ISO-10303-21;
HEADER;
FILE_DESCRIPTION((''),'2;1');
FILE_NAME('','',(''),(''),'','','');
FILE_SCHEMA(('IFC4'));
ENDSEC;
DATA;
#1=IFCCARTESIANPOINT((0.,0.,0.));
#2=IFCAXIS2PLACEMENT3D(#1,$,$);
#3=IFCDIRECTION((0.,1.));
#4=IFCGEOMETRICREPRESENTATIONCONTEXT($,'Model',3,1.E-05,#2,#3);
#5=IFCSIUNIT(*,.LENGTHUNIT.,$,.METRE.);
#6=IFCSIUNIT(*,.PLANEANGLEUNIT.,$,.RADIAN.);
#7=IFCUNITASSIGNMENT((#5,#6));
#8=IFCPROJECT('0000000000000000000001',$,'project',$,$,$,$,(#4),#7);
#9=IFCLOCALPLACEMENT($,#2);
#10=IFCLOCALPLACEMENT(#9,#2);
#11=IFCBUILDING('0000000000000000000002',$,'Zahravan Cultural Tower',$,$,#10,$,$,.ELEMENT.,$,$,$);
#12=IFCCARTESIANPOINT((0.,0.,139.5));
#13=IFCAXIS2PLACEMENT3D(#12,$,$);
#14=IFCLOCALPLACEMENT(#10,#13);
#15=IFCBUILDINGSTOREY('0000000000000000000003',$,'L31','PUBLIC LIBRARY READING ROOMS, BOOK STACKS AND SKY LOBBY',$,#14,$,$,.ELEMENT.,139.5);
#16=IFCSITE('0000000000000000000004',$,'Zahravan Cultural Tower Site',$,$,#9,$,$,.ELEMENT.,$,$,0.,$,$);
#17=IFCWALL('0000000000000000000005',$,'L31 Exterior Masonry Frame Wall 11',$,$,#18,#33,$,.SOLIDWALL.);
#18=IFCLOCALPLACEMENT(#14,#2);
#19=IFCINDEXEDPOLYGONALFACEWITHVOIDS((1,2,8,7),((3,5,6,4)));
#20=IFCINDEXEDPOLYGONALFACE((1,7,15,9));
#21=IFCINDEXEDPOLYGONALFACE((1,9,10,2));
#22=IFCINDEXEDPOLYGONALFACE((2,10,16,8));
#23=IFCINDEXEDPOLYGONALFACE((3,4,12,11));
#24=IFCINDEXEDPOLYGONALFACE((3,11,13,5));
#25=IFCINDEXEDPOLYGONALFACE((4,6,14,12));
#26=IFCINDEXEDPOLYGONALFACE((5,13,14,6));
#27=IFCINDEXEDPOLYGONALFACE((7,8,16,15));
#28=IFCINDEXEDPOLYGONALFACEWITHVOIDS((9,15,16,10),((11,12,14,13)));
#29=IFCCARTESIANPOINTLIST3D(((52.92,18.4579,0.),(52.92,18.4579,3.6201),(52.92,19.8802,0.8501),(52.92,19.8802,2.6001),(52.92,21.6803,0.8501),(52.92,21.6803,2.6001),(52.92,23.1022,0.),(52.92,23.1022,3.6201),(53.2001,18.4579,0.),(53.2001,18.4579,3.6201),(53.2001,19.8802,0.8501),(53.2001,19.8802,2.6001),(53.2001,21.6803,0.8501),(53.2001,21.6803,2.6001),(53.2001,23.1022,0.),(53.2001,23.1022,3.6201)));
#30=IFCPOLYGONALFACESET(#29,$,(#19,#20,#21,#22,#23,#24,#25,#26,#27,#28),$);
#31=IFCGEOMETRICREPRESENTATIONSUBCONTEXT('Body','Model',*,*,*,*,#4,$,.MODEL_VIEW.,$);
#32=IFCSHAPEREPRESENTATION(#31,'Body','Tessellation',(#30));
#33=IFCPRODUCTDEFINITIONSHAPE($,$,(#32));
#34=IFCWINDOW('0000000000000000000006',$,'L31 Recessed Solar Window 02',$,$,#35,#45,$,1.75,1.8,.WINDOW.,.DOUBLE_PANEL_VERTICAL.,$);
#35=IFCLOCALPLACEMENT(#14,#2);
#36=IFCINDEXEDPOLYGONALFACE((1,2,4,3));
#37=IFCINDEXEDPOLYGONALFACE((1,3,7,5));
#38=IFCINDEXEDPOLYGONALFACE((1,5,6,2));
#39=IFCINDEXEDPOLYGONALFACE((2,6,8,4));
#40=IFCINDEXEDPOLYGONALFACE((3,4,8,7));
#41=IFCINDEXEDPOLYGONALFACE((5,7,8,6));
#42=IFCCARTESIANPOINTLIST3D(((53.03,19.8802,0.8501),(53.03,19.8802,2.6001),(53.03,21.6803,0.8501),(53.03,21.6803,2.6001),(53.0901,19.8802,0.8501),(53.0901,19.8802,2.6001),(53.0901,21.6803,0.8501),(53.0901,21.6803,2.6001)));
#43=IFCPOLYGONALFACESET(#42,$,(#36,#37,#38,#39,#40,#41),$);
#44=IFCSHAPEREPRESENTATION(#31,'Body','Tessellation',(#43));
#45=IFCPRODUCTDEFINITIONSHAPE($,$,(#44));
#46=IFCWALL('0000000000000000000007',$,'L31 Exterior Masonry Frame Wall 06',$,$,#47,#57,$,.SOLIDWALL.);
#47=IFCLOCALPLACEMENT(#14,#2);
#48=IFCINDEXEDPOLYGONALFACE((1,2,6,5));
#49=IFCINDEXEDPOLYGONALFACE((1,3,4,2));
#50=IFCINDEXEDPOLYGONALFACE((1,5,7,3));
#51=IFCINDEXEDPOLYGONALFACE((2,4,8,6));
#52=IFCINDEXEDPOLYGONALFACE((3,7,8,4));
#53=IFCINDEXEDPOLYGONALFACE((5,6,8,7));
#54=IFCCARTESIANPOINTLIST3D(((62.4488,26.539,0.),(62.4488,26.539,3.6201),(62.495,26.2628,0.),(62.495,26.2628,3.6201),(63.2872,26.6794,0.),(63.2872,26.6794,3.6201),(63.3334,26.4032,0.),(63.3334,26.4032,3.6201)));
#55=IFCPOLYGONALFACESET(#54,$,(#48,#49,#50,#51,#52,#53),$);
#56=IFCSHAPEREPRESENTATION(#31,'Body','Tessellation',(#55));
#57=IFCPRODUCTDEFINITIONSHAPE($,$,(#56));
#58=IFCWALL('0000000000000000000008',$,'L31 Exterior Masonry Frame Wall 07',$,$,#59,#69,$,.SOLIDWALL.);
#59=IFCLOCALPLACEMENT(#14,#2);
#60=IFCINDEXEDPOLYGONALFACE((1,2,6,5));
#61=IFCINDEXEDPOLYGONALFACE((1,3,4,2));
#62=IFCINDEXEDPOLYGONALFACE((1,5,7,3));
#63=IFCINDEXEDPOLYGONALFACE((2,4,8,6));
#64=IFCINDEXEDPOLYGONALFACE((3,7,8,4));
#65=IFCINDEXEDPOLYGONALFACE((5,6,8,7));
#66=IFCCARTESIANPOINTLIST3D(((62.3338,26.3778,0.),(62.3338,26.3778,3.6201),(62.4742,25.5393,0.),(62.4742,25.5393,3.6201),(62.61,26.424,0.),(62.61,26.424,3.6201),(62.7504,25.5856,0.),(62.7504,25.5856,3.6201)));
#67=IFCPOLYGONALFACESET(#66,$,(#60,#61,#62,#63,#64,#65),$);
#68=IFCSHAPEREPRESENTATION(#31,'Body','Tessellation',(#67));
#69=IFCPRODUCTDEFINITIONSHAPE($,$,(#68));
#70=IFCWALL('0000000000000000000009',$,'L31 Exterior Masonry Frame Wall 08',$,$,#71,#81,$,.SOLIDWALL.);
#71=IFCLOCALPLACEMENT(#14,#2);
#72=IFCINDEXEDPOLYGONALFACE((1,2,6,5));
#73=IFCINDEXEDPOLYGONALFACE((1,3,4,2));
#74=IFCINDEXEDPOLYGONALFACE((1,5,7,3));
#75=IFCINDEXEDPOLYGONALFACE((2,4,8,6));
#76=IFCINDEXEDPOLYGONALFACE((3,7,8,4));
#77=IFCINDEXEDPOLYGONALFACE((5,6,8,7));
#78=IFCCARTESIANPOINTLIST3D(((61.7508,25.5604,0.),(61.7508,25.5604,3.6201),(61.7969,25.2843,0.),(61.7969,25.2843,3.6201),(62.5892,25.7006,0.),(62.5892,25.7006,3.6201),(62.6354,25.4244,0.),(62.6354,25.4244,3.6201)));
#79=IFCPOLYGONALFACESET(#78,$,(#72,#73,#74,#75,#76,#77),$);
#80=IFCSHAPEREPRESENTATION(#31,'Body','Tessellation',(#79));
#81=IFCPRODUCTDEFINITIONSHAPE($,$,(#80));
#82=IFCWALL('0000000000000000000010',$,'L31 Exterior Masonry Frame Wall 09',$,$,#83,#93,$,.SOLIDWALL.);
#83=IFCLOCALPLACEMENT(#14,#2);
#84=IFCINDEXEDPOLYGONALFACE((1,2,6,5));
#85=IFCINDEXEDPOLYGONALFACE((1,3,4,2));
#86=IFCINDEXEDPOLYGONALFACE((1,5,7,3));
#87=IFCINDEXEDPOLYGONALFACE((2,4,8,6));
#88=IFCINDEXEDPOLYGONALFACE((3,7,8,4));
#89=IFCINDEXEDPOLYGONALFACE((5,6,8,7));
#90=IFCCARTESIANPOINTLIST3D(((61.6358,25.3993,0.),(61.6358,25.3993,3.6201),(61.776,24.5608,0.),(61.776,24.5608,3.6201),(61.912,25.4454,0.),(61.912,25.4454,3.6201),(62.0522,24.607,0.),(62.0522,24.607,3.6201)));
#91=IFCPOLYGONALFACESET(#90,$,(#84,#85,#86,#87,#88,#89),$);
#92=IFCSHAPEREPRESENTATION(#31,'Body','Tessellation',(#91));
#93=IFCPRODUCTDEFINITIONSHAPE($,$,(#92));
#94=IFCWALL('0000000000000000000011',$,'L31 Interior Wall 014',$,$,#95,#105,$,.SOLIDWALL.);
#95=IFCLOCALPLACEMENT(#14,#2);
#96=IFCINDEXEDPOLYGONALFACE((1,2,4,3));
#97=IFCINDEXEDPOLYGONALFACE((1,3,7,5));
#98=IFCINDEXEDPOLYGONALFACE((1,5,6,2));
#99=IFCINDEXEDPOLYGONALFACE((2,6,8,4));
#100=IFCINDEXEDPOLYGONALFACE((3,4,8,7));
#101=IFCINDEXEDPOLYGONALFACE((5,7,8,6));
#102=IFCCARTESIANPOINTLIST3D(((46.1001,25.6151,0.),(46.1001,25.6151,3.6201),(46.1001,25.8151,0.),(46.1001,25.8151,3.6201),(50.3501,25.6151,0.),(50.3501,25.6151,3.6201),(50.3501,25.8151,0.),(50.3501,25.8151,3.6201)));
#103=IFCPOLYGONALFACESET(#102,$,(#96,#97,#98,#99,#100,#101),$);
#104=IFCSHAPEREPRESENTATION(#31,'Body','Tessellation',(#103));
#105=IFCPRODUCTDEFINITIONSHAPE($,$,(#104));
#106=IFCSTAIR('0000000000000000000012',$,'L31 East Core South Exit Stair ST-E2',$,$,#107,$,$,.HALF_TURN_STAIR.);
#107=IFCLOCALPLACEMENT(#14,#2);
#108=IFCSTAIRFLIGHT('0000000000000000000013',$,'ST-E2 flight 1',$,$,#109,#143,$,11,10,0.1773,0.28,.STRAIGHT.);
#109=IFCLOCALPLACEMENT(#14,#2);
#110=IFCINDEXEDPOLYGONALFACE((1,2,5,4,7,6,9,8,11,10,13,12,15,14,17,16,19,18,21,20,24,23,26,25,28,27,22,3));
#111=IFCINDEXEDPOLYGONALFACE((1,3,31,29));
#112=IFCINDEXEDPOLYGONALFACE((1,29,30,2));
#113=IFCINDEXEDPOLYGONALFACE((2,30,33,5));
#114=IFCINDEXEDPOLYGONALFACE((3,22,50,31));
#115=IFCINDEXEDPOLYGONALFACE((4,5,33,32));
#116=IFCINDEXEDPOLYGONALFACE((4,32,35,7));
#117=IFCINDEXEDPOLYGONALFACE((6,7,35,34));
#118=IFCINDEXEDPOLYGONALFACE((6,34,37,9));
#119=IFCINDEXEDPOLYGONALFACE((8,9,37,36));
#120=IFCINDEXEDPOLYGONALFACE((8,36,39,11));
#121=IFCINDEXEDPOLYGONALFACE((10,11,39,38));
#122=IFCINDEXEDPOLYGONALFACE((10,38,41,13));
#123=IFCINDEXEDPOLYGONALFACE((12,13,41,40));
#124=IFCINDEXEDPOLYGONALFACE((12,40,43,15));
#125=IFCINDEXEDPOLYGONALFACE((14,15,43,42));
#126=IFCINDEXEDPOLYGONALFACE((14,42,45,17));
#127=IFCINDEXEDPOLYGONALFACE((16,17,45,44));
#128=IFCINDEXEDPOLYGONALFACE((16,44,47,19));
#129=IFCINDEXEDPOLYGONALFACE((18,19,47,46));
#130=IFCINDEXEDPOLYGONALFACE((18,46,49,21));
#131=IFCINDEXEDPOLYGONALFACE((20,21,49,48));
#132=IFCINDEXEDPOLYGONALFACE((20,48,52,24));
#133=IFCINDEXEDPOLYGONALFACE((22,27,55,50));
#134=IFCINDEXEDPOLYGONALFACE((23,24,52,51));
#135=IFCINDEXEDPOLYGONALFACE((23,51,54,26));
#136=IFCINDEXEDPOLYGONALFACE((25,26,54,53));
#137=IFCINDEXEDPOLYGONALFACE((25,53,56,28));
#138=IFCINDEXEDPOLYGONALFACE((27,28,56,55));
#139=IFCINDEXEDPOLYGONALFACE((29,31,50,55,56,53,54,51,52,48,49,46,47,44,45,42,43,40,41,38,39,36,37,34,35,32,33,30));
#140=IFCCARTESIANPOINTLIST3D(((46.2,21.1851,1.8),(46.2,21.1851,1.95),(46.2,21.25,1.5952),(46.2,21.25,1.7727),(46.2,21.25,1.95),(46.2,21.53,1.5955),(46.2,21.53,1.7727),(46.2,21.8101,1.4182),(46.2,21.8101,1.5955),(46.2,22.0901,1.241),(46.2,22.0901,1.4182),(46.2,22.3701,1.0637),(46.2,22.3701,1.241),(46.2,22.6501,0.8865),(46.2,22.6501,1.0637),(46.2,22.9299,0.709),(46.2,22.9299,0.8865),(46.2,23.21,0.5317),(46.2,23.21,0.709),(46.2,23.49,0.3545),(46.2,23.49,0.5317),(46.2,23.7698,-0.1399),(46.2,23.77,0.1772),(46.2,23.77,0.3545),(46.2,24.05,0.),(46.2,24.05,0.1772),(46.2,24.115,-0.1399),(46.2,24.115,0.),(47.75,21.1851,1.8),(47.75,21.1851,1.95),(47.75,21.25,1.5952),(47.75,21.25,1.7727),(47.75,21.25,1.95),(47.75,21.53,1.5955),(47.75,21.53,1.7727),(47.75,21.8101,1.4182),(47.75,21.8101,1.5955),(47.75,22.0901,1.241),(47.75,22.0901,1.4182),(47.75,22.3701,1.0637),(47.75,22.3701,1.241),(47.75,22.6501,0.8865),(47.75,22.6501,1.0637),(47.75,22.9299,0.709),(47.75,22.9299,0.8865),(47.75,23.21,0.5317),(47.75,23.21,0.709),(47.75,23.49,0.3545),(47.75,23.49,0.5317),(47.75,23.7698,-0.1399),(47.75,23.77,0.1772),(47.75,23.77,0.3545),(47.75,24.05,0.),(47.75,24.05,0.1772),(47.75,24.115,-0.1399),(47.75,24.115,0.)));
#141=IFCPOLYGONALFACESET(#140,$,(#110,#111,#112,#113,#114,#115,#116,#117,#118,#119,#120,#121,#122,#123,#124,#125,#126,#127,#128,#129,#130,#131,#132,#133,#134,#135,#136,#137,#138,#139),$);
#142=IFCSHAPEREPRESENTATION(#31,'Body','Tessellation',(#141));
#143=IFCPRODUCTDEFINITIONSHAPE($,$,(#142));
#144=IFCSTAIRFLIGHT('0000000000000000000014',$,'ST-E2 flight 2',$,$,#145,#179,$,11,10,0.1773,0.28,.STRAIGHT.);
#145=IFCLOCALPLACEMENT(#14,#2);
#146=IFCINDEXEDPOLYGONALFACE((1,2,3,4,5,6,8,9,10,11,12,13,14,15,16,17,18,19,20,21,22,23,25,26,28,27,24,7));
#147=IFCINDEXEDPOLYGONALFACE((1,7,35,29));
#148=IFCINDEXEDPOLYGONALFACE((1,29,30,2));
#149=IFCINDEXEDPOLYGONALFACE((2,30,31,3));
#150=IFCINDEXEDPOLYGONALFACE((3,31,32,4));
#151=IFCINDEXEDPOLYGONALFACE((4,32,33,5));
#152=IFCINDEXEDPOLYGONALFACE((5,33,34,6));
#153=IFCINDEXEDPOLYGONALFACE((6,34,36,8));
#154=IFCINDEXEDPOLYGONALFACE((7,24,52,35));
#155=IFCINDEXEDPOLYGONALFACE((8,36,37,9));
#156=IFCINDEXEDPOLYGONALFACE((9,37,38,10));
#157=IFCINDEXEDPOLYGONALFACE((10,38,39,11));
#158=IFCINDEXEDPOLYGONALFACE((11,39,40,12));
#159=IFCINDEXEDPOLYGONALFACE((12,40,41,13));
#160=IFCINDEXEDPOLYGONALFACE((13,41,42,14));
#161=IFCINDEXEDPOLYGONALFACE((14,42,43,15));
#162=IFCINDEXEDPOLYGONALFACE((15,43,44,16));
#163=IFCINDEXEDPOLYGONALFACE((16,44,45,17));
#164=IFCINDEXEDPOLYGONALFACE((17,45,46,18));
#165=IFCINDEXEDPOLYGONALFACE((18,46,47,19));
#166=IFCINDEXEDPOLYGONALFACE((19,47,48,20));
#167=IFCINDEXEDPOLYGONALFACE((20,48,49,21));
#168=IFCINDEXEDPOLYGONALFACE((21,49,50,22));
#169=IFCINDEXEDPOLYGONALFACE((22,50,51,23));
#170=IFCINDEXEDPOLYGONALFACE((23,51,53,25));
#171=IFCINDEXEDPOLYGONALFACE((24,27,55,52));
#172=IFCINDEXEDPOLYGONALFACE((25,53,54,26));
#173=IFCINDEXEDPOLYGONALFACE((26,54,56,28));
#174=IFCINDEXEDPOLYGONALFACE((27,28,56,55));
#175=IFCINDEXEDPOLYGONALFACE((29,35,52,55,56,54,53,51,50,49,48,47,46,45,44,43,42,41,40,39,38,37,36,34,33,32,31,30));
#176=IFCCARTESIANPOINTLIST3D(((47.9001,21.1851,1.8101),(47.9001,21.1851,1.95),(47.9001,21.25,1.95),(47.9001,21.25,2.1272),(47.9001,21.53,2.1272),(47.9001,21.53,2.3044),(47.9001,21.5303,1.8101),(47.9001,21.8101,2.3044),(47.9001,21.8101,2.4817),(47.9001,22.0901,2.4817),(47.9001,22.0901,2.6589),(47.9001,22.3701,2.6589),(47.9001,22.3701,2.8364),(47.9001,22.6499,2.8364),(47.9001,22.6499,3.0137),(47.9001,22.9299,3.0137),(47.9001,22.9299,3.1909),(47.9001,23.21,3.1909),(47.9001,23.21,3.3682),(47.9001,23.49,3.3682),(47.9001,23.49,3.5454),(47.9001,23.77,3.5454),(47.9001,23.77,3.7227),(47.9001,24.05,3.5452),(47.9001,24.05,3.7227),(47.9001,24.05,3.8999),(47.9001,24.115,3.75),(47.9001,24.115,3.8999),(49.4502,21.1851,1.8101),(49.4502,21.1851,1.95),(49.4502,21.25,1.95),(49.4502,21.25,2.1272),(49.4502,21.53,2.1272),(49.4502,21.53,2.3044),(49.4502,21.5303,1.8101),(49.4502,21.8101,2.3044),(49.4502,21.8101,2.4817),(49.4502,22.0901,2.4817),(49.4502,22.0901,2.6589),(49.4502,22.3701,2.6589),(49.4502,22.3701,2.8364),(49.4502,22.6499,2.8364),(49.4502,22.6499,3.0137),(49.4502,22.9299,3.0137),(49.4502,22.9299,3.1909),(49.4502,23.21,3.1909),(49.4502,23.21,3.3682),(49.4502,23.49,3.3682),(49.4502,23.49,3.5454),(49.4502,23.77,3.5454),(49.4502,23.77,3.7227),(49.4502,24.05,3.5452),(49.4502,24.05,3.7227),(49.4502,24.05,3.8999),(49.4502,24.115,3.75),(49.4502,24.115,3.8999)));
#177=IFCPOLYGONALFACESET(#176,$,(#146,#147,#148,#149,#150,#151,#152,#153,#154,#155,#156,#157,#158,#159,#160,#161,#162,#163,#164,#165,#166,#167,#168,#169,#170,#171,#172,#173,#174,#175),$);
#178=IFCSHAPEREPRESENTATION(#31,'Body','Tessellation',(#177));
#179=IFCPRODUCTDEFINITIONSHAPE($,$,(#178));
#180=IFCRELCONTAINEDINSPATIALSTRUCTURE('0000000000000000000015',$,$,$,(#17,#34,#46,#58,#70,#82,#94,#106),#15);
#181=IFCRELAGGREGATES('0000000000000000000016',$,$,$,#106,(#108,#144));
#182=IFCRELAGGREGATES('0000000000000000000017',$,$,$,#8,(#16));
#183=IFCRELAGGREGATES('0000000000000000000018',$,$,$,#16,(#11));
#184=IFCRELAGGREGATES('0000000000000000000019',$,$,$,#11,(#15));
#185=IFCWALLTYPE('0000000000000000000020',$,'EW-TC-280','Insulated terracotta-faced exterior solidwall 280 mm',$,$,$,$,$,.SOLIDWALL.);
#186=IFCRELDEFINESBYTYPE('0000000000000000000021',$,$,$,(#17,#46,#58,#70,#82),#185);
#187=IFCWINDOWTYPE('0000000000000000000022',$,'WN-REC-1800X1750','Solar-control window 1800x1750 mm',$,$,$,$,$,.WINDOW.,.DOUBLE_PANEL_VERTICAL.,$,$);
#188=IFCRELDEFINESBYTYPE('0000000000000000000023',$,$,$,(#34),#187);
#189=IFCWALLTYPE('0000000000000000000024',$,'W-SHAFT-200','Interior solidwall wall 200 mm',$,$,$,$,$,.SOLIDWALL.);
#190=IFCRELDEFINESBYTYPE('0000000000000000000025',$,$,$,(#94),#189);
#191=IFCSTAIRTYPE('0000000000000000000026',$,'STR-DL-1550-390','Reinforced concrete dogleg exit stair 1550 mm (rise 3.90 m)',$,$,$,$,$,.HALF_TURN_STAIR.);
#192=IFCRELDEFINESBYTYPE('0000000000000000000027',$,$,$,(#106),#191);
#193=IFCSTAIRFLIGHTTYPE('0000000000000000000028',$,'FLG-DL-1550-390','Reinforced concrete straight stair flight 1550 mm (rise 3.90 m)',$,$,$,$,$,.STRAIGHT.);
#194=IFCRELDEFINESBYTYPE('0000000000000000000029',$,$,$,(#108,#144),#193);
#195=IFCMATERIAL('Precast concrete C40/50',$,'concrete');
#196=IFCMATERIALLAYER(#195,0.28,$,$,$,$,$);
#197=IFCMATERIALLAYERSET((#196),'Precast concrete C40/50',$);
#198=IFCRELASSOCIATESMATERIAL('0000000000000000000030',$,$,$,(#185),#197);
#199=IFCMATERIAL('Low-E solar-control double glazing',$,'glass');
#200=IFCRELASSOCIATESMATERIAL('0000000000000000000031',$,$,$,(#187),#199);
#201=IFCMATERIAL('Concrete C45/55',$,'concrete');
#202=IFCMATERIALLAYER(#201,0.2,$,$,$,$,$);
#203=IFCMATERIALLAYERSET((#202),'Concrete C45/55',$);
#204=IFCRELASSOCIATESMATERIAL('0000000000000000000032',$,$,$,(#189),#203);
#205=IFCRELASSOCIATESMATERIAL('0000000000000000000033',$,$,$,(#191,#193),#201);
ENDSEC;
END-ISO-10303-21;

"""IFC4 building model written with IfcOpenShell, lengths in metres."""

from ifc_helpers import new_model, si_unit, direction, frame, frame_2d, origin, place, context, subcontext, project, spatial, polyline, rectangle, outline, extrude, source, transform, mapped, material, layer, layer_set, type_object, element, fill, aggregate, save


model = new_model("IFC4")

# Units and contexts
model_context = context("Model", 3, precision=1e-05, world=origin(), true_north=direction((0.0, 1.0)))
body_context = subcontext(model_context, "Body", "Model", "MODEL_VIEW")
ifc_project = project(units=[si_unit("LENGTHUNIT", "METRE"), si_unit("PLANEANGLEUNIT", "RADIAN")], contexts=[model_context])

# Site, building, storey
site_placement = place(None, origin())
site = spatial("IfcSite", under=ifc_project, at=site_placement, Name="Zahravan Cultural Tower Site", CompositionType="ELEMENT", RefElevation=0.0)
building_placement = place(site_placement, origin())
building = spatial("IfcBuilding", under=site, at=building_placement, Name="Zahravan Cultural Tower", CompositionType="ELEMENT")
storey_placement = place(building_placement, frame((0.0, 0.0, 139.5)))
storey = spatial("IfcBuildingStorey", under=building, at=storey_placement, Name="L31", Description="PUBLIC LIBRARY READING ROOMS, BOOK STACKS AND SKY LOBBY", CompositionType="ELEMENT", Elevation=139.5)

# Wall, opening, window
ifc_material_1 = material(Name="Precast concrete C40/50", Category="concrete")
ifc_layer_1 = layer(ifc_material_1, 0.28)
ifc_layer_set_1 = layer_set([ifc_layer_1], Name="Precast concrete C40/50")
wall_type_1 = type_object("IfcWallType", Name="EW-TC-280", Description="Insulated terracotta-faced exterior solidwall 280 mm", PredefinedType="SOLIDWALL", material=ifc_layer_set_1)
ifc_material_2 = material(Name="Low-E solar-control double glazing", Category="glass")
window_type = type_object("IfcWindowType", Name="WN-REC-1800X1750", Description="Solar-control window 1800x1750 mm", PartitioningType="DOUBLE_PANEL_VERTICAL", PredefinedType="WINDOW", material=ifc_material_2)
shared_shape_1 = source(origin(), body_context, "Body", "SweptSolid", [
    extrude(rectangle(XDim=1.8, YDim=1.75, at=frame_2d((0.8999, 0.875))), frame((0.0, 0.03, 0.0), z_axis=(0.0, -1.0, 0.0), x_axis=(1.0, 0.0, 0.0)), (0.0, 0.0, 1.0), 0.0601),
])
wall_1_placement = place(storey_placement, frame((53.0601, 23.1023, 0.0), z_axis=(0.0, 0.0, 1.0), x_axis=(0.0, -1.0, 0.0)))
wall_1 = element("IfcWall", 1, at=wall_1_placement, inside=storey, type_object=wall_type_1, Name="L31 Exterior Masonry Frame Wall 11", PredefinedType="SOLIDWALL", context=body_context, shape_type="SweptSolid", body=[
    extrude(rectangle(XDim=4.6443, YDim=0.28, at=frame_2d((2.3223, 0.0))), origin(), (0.0, 0.0, 1.0), 3.6201),
])
opening_1_placement = place(wall_1_placement, frame((1.4221, 0.0, 0.8501)))
opening_1 = element("IfcOpeningElement", 2, at=opening_1_placement, cuts=wall_1, PredefinedType="OPENING", context=body_context, shape_type="SweptSolid", body=[
    extrude(rectangle(XDim=1.8, YDim=1.75, at=frame_2d((0.8999, 0.875))), frame((0.0, 0.1499, 0.0), z_axis=(0.0, -1.0, 0.0), x_axis=(1.0, 0.0, 0.0)), (0.0, 0.0, 1.0), 0.3),
])
window_1_placement = place(opening_1_placement, origin())
window_1 = element("IfcWindow", 3, at=window_1_placement, inside=storey, type_object=window_type, Name="L31 Recessed Solar Window 02", OverallHeight=1.75, OverallWidth=1.8, PartitioningType="DOUBLE_PANEL_VERTICAL", PredefinedType="WINDOW", context=body_context, shape_type="MappedRepresentation", body=[
    mapped(shared_shape_1, transform((0.0, 0.0, 0.0), x_axis=(1.0, 0.0, 0.0), y_axis=(0.0, 1.0, 0.0), z_axis=(0.0, 0.0, 1.0), scale=1.0)),
])
fill(opening_1, window_1)

# Walls
shared_shape_2 = source(origin(), body_context, "Body", "SweptSolid", [
    extrude(rectangle(XDim=0.8501, YDim=0.28, at=frame_2d((0.425, 0.0))), origin(), (0.0, 0.0, 1.0), 3.6201),
])
for number, where, z_axis, x_axis, name in (
    (4, (63.3103, 26.5413, 0.0), (0.0, 0.0, 1.0), (-0.986269, -0.165144, 0.0), "L31 Exterior Masonry Frame Wall 06"),
    (5, (62.4719, 26.4009, 0.0), (0.0, 0.0, 1.0), (0.165144, -0.986269, 0.0), "L31 Exterior Masonry Frame Wall 07"),
    (6, (62.6123, 25.5625, 0.0), (0.0, 0.0, 1.0), (-0.986316, -0.164865, 0.0), "L31 Exterior Masonry Frame Wall 08"),
    (7, (61.7739, 25.4224, 0.0), (0.0, 0.0, 1.0), (0.164865, -0.986316, 0.0), "L31 Exterior Masonry Frame Wall 09"),
):
    element("IfcWall", number, at=place(storey_placement, frame(where, z_axis=z_axis, x_axis=x_axis)), inside=storey, type_object=wall_type_1, Name=name, PredefinedType="SOLIDWALL", context=body_context, shape_type="MappedRepresentation", body=[
        mapped(shared_shape_2, transform((0.0, 0.0, 0.0), x_axis=(1.0, 0.0, 0.0), y_axis=(0.0, 1.0, 0.0), z_axis=(0.0, 0.0, 1.0), scale=1.0)),
    ])
ifc_material_3 = material(Name="Concrete C45/55", Category="concrete")
ifc_layer_2 = layer(ifc_material_3, 0.2)
ifc_layer_set_2 = layer_set([ifc_layer_2], Name="Concrete C45/55")
wall_type_2 = type_object("IfcWallType", Name="W-SHAFT-200", Description="Interior solidwall wall 200 mm", PredefinedType="SOLIDWALL", material=ifc_layer_set_2)
shared_shape_3 = source(origin(), body_context, "Body", "SweptSolid", [
    extrude(rectangle(XDim=4.25, YDim=0.2, at=frame_2d((2.125, 0.0))), origin(), (0.0, 0.0, 1.0), 3.6201),
])
wall_2_placement = place(storey_placement, frame((46.1001, 25.7151, 0.0), z_axis=(0.0, 0.0, 1.0), x_axis=(1.0, 0.0, 0.0)))
element("IfcWall", 8, at=wall_2_placement, inside=storey, type_object=wall_type_2, Name="L31 Interior Wall 014", PredefinedType="SOLIDWALL", context=body_context, shape_type="MappedRepresentation", body=[
    mapped(shared_shape_3, transform((0.0, 0.0, 0.0), x_axis=(1.0, 0.0, 0.0), y_axis=(0.0, 1.0, 0.0), z_axis=(0.0, 0.0, 1.0), scale=1.0)),
])

# Stair, stair flights
stair_type = type_object("IfcStairType", Name="STR-DL-1550-390", Description="Reinforced concrete dogleg exit stair 1550 mm (rise 3.90 m)", PredefinedType="HALF_TURN_STAIR", material=ifc_material_3)
stair_placement = place(storey_placement, origin())
stair = element("IfcStair", 9, at=stair_placement, inside=storey, type_object=stair_type, Name="L31 East Core South Exit Stair ST-E2", PredefinedType="HALF_TURN_STAIR")
stair_flight_type = type_object("IfcStairFlightType", Name="FLG-DL-1550-390", Description="Reinforced concrete straight stair flight 1550 mm (rise 3.90 m)", PredefinedType="STRAIGHT", material=ifc_material_3)
stair_flight_1_placement = place(storey_placement, frame((46.9751, 24.05, 0.0), z_axis=(0.0, 0.0, 1.0), x_axis=(0.0, -1.0, 0.0)))
stair_flight_1 = element("IfcStairFlight", 10, at=stair_flight_1_placement, type_object=stair_flight_type, Name="ST-E2 flight 1", NumberOfRisers=11, NumberOfTreads=10, PredefinedType="STRAIGHT", RiserHeight=0.1773, TreadLength=0.28, context=body_context, shape_type="SweptSolid", body=[
    extrude(outline(polyline([(-0.0649, -0.1399), (-0.0649, 0.0), (0.0, 0.0), (0.0, 0.1772), (0.28, 0.1772), (0.28, 0.3545), (0.5601, 0.3545), (0.5601, 0.5317), (0.8401, 0.5317), (0.8401, 0.709), (1.1201, 0.709), (1.1201, 0.8865), (1.3999, 0.8865), (1.3999, 1.0637), (1.6799, 1.0637), (1.6799, 1.241), (1.96, 1.241), (1.96, 1.4182), (2.24, 1.4182), (2.24, 1.5955), (2.52, 1.5955), (2.52, 1.7727), (2.8, 1.7727), (2.8, 1.95), (2.865, 1.95), (2.865, 1.8), (2.8, 1.5952), (0.2803, -0.1399), (-0.0649, -0.1399)])), frame((0.0, 0.7749, 0.0), z_axis=(0.0, -1.0, 0.0), x_axis=(1.0, 0.0, 0.0)), (0.0, 0.0, 1.0), 1.55),
])
stair_flight_2_placement = place(storey_placement, frame((48.675, 21.25, 1.95), z_axis=(0.0, 0.0, 1.0), x_axis=(0.0, 1.0, 0.0)))
stair_flight_2 = element("IfcStairFlight", 11, at=stair_flight_2_placement, type_object=stair_flight_type, Name="ST-E2 flight 2", NumberOfRisers=11, NumberOfTreads=10, PredefinedType="STRAIGHT", RiserHeight=0.1773, TreadLength=0.28, context=body_context, shape_type="SweptSolid", body=[
    extrude(outline(polyline([(-0.0649, -0.1399), (-0.0649, 0.0), (0.0, 0.0), (0.0, 0.1772), (0.28, 0.1772), (0.28, 0.3545), (0.5601, 0.3545), (0.5601, 0.5317), (0.8401, 0.5317), (0.8401, 0.709), (1.1201, 0.709), (1.1201, 0.8865), (1.3999, 0.8865), (1.3999, 1.0637), (1.6799, 1.0637), (1.6799, 1.241), (1.96, 1.241), (1.96, 1.4182), (2.24, 1.4182), (2.24, 1.5955), (2.52, 1.5955), (2.52, 1.7727), (2.8, 1.7727), (2.8, 1.95), (2.865, 1.95), (2.865, 1.8), (2.8, 1.5952), (0.2803, -0.1399), (-0.0649, -0.1399)])), frame((0.0, 0.7749, 0.0), z_axis=(0.0, -1.0, 0.0), x_axis=(1.0, 0.0, 0.0)), (0.0, 0.0, 1.0), 1.55),
])
aggregate(stair, [stair_flight_1, stair_flight_2])

save(model, "model.ifc")
